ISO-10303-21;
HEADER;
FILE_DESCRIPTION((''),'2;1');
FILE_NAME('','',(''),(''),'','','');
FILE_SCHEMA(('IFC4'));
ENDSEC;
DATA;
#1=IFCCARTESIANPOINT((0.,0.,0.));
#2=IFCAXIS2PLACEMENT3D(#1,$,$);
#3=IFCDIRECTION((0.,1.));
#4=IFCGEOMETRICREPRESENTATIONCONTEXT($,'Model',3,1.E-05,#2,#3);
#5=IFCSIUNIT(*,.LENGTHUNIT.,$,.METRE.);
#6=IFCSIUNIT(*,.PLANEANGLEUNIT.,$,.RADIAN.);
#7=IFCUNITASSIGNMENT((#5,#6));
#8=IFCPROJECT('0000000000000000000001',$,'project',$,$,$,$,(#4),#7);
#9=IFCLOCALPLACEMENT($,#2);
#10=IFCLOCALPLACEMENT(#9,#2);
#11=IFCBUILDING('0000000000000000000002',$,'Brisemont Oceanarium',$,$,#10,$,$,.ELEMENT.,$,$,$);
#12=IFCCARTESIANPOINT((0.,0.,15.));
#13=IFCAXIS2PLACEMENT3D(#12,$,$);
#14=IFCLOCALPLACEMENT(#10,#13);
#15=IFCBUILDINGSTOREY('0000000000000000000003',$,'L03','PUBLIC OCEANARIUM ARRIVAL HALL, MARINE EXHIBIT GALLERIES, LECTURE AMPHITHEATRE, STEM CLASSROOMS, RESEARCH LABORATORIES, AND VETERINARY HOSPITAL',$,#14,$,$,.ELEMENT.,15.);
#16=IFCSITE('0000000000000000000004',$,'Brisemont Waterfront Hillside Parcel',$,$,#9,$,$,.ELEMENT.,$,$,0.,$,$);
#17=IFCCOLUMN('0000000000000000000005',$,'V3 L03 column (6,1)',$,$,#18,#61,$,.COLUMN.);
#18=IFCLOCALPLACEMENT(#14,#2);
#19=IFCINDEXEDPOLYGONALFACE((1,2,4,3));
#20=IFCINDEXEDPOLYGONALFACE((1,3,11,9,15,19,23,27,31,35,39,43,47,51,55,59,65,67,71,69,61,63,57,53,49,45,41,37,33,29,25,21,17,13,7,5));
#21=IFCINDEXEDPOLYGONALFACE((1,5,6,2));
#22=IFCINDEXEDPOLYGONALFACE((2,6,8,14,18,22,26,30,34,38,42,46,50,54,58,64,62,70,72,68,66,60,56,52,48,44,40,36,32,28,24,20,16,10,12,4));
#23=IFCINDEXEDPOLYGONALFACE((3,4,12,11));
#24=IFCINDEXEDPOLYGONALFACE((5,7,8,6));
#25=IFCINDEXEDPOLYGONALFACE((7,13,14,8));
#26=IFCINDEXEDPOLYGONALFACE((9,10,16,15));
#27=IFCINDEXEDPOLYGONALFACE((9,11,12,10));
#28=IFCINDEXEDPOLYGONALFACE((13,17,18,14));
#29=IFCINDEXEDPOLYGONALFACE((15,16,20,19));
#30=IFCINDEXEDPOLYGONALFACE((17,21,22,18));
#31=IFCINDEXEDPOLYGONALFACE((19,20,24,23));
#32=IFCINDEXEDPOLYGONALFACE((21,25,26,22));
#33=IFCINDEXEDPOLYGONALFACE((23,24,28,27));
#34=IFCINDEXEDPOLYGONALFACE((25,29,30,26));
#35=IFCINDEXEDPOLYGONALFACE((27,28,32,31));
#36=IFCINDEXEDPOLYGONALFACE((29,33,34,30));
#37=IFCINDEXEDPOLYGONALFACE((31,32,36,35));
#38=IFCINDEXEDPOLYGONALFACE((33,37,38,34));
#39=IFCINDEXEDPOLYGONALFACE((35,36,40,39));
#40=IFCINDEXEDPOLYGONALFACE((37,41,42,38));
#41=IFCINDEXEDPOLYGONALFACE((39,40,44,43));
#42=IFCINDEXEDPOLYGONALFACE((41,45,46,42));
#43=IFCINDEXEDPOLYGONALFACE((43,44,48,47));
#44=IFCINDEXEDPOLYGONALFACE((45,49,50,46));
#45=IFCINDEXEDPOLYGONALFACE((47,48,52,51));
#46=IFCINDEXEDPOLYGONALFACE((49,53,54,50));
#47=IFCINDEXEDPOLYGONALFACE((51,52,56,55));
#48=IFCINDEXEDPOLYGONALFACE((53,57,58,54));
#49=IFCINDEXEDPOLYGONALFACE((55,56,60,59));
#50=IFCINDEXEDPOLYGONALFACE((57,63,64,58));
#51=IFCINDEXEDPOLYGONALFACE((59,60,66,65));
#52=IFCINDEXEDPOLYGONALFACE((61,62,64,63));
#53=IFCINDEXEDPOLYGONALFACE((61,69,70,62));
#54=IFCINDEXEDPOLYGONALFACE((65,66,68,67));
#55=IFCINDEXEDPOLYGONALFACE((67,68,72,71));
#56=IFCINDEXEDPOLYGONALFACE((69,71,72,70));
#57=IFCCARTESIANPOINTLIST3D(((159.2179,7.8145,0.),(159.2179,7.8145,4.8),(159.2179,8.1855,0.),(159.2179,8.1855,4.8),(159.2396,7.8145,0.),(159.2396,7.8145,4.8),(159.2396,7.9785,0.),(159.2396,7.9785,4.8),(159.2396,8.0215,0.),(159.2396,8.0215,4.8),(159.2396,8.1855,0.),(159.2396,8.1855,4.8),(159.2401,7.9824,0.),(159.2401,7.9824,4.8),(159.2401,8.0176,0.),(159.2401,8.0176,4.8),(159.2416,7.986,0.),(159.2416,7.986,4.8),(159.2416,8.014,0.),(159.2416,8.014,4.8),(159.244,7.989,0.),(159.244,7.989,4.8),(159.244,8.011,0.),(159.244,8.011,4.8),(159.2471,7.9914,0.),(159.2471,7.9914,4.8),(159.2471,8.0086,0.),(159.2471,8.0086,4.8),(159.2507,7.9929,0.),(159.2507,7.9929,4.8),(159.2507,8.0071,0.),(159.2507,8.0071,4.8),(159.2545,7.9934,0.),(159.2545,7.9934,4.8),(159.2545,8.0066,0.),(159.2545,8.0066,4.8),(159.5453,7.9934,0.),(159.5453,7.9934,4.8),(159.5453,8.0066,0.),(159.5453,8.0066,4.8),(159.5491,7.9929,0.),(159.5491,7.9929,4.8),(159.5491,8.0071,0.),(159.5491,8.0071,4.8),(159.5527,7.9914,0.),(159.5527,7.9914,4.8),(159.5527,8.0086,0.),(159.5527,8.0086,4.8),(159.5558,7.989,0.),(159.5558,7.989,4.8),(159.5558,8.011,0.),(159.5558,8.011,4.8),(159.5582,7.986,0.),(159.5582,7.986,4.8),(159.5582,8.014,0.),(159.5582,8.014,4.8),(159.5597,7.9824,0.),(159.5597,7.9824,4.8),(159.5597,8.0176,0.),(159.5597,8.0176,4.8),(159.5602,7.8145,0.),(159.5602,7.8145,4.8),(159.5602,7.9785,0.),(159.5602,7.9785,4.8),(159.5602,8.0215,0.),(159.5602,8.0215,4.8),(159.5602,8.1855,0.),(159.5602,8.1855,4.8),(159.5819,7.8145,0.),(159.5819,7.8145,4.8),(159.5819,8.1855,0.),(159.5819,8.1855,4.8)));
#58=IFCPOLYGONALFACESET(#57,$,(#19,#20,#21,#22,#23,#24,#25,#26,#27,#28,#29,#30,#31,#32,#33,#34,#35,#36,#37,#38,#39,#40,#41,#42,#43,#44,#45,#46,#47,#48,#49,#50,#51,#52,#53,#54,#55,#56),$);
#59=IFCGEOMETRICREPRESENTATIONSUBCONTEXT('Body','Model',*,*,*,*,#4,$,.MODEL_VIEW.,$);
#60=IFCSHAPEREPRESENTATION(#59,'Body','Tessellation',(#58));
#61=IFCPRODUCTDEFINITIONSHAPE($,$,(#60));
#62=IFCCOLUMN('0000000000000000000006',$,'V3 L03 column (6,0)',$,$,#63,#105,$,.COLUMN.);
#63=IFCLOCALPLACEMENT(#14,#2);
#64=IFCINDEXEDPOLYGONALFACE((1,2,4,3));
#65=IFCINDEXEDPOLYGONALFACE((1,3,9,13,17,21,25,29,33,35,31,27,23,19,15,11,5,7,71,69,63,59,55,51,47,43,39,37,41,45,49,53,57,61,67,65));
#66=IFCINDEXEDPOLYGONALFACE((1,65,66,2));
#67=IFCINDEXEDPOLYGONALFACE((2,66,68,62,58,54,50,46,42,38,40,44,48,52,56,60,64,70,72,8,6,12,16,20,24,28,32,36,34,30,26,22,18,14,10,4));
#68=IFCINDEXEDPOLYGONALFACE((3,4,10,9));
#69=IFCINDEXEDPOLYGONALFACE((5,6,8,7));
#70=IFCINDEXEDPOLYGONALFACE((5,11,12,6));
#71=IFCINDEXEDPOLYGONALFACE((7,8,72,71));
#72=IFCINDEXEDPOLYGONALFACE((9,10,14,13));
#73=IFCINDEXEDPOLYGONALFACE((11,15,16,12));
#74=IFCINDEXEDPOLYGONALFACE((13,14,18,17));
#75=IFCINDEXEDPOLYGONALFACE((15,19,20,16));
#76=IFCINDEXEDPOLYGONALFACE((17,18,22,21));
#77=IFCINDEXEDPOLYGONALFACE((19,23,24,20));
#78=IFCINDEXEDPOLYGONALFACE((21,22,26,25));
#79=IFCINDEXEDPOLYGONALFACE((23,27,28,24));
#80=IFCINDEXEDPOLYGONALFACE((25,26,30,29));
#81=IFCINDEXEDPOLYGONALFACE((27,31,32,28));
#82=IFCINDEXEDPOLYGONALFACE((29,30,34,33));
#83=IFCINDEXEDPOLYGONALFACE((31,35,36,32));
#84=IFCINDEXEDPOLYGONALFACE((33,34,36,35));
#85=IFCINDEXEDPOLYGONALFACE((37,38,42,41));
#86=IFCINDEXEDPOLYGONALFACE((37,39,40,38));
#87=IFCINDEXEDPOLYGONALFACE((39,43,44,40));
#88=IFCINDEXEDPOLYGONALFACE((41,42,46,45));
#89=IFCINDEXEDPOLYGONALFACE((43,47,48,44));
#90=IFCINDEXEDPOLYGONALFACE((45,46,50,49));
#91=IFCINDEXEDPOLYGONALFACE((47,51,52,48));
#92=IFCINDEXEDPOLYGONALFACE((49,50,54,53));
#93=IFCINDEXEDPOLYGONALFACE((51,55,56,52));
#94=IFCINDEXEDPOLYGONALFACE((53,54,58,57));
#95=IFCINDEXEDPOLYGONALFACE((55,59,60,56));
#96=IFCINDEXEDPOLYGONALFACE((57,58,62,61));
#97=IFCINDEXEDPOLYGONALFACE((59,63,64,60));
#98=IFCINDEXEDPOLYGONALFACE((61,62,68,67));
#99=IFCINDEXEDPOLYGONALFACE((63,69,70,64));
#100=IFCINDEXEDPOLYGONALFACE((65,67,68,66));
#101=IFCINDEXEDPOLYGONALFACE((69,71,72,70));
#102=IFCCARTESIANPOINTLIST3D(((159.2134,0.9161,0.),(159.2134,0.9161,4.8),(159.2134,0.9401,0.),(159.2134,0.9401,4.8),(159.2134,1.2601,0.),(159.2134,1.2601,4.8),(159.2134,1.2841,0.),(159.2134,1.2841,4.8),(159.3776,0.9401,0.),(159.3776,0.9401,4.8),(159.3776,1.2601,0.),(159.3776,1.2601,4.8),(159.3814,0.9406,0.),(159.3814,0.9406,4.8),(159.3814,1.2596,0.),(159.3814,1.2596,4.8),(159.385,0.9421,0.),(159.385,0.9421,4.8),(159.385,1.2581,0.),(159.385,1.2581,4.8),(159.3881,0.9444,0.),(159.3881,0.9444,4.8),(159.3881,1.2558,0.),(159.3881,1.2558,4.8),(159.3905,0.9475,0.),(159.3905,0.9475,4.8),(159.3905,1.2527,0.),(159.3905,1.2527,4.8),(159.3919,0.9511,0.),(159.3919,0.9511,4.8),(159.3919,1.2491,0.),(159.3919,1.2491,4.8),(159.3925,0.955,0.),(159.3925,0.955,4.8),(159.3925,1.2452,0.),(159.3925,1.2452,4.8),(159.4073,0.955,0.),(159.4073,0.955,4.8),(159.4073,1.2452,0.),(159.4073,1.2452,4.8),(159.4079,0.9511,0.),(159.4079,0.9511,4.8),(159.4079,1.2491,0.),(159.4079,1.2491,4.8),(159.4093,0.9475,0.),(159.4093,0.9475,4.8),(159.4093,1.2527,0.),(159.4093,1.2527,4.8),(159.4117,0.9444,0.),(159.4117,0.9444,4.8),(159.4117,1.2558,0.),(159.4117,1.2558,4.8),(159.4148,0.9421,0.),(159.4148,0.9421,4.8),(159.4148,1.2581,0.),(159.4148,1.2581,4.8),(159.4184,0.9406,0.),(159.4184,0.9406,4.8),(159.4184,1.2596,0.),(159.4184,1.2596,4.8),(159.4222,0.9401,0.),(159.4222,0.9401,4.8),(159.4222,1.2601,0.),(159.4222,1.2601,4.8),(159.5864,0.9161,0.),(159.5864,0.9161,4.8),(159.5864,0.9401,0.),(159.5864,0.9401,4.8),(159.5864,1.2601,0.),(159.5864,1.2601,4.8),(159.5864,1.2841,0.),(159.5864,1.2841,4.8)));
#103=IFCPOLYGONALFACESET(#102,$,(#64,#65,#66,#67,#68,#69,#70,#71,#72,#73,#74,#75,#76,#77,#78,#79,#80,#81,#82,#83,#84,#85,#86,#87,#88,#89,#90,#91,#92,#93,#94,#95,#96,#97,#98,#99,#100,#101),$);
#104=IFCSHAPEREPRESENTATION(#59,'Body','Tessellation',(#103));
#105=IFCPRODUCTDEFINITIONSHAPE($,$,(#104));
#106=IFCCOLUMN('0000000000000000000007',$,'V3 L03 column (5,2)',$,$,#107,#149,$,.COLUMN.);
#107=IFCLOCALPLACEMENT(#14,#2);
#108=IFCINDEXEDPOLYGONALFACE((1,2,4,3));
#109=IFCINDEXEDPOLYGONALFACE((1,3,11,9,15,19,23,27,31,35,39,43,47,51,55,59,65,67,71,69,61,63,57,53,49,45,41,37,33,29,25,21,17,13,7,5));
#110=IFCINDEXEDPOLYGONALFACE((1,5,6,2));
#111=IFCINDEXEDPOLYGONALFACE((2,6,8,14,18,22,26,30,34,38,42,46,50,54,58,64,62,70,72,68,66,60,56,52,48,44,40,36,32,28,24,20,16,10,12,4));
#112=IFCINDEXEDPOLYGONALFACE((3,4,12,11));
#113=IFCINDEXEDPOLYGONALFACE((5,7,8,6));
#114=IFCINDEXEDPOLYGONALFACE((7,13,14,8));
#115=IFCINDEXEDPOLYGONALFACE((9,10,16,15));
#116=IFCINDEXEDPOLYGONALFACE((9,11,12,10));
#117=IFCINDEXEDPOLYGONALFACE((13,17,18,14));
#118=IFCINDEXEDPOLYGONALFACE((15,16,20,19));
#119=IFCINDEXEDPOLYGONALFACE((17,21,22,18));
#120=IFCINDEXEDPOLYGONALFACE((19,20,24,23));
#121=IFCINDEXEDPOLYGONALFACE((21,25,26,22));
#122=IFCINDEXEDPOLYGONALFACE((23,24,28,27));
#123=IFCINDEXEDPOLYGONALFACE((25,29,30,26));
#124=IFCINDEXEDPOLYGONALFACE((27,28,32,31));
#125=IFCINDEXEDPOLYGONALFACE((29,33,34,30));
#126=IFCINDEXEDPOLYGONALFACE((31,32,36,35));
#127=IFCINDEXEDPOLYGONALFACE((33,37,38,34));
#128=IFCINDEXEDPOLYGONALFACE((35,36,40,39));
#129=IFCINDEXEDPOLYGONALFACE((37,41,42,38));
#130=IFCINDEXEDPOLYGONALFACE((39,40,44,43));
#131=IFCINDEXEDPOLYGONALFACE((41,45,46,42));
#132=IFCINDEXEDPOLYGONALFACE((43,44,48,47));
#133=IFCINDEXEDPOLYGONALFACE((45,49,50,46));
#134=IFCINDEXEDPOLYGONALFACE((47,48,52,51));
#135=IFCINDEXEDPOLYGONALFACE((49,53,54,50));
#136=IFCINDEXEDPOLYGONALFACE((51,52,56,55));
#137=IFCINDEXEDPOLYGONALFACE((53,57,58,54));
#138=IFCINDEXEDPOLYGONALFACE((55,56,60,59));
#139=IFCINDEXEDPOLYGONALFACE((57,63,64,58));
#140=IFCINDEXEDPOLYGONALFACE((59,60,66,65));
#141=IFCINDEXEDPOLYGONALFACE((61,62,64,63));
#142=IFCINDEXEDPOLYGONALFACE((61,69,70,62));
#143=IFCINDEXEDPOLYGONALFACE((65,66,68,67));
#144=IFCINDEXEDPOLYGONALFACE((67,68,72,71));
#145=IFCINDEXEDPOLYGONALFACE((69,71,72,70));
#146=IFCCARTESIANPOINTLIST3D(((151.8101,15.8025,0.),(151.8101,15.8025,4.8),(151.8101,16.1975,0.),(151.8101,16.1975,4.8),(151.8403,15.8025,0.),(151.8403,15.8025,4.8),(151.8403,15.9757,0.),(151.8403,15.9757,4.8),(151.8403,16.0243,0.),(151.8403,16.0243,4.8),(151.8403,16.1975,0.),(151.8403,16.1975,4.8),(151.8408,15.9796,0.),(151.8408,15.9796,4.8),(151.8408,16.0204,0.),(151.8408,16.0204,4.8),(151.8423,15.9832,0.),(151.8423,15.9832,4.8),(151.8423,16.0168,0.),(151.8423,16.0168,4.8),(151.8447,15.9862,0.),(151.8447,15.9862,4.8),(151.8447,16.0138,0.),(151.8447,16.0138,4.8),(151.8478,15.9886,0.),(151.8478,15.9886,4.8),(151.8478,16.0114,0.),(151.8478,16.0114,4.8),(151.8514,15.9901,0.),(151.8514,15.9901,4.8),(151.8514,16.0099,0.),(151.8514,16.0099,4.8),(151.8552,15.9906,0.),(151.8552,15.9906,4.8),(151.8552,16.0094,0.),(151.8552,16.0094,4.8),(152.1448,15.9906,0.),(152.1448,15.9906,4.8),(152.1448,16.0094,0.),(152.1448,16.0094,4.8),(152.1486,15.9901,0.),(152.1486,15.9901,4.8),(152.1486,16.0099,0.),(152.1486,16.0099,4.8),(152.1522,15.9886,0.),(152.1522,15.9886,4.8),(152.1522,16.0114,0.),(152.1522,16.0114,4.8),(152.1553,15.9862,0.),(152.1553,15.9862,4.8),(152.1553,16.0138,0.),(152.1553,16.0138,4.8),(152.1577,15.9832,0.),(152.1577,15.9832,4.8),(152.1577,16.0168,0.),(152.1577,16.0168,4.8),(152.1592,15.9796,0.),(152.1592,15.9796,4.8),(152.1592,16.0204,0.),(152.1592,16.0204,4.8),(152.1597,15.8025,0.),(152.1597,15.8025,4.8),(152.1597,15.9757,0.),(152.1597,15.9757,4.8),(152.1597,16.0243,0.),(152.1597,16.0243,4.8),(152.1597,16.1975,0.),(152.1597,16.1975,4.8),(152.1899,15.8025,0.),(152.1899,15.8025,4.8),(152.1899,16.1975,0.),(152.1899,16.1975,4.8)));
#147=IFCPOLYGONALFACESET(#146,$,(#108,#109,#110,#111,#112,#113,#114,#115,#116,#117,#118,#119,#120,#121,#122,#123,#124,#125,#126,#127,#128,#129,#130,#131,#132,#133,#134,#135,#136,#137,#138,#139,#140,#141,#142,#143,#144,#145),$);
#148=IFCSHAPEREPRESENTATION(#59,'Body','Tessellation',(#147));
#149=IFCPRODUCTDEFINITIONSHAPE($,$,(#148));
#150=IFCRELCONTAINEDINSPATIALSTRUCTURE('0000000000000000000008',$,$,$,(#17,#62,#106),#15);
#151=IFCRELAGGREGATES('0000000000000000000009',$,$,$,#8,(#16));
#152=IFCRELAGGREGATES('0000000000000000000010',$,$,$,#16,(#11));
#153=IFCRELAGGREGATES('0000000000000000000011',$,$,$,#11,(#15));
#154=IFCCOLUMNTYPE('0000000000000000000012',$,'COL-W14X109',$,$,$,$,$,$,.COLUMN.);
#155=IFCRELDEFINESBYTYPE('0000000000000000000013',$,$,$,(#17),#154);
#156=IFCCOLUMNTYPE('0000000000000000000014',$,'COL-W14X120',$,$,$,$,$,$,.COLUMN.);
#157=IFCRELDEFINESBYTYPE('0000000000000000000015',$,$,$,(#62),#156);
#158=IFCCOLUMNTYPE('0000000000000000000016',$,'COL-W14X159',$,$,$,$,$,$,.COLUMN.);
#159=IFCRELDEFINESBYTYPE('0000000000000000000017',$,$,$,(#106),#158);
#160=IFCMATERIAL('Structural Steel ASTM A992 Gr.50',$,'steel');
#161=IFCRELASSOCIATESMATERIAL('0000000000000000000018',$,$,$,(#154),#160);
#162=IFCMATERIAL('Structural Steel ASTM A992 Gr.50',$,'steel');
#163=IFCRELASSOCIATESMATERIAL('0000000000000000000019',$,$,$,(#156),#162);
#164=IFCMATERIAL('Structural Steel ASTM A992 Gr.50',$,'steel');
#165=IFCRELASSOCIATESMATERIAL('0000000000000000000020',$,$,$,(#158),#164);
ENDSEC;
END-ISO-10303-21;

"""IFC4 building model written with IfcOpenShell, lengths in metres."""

from ifc_helpers import new_model, si_unit, direction, frame, origin, origin_2d, place, context, subcontext, project, spatial, i_section, extrude, material, material_profile, profile_set, type_object, element, save


model = new_model("IFC4")

# Units and contexts
model_context = context("Model", 3, precision=1e-05, world=origin(), true_north=direction((0.0, 1.0)))
body_context = subcontext(model_context, "Body", "Model", "MODEL_VIEW")
ifc_project = project(units=[si_unit("LENGTHUNIT", "METRE"), si_unit("PLANEANGLEUNIT", "RADIAN")], contexts=[model_context])

# Site, building, storey
site_placement = place(None, origin())
site = spatial("IfcSite", under=ifc_project, at=site_placement, Name="Brisemont Waterfront Hillside Parcel", CompositionType="ELEMENT", RefElevation=0.0)
building_placement = place(site_placement, origin())
building = spatial("IfcBuilding", under=site, at=building_placement, Name="Brisemont Oceanarium", CompositionType="ELEMENT")
storey_placement = place(building_placement, frame((0.0, 0.0, 15.0)))
storey = spatial("IfcBuildingStorey", under=building, at=storey_placement, Name="L03", Description="PUBLIC OCEANARIUM ARRIVAL HALL, MARINE EXHIBIT GALLERIES, LECTURE AMPHITHEATRE, STEM CLASSROOMS, RESEARCH LABORATORIES, AND VETERINARY HOSPITAL", CompositionType="ELEMENT", Elevation=15.0)

# Columns
ifc_material_1 = material(Name="Structural Steel ASTM A992 Gr.50", Category="steel")
ifc_material_profile_1 = material_profile(ifc_material_1, i_section(OverallWidth=0.3711, OverallDepth=0.364, WebThickness=0.0132, FlangeThickness=0.0217, FilletRadius=0.0149, at=origin_2d()), Name="W14X109")
ifc_profile_set_1 = profile_set([ifc_material_profile_1], Name="Structural Steel ASTM A992 Gr.50")
column_type_1 = type_object("IfcColumnType", Name="COL-W14X109", PredefinedType="COLUMN", material=ifc_profile_set_1)
column_1_placement = place(storey_placement, frame((159.3999, 8.0, 0.0), z_axis=(0.0, 0.0, 1.0), x_axis=(0.0, 1.0, 0.0)))
element("IfcColumn", 1, at=column_1_placement, inside=storey, type_object=column_type_1, Name="V3 L03 column (6,1)", PredefinedType="COLUMN", context=body_context, shape_type="SweptSolid", body=[
    extrude(i_section(OverallWidth=0.3711, OverallDepth=0.364, WebThickness=0.0132, FlangeThickness=0.0217, FilletRadius=0.0149, at=origin_2d()), origin(), (0.0, 0.0, 1.0), 4.8),
])
ifc_material_2 = material(Name="Structural Steel ASTM A992 Gr.50", Category="steel")
ifc_material_profile_2 = material_profile(ifc_material_2, i_section(OverallWidth=0.373, OverallDepth=0.3679, WebThickness=0.0149, FlangeThickness=0.0239, FilletRadius=0.0149, at=origin_2d()), Name="W14X120")
ifc_profile_set_2 = profile_set([ifc_material_profile_2], Name="Structural Steel ASTM A992 Gr.50")
column_type_2 = type_object("IfcColumnType", Name="COL-W14X120", PredefinedType="COLUMN", material=ifc_profile_set_2)
column_2_placement = place(storey_placement, frame((159.3999, 1.1001, 0.0), z_axis=(0.0, 0.0, 1.0), x_axis=(1.0, 0.0, 0.0)))
element("IfcColumn", 2, at=column_2_placement, inside=storey, type_object=column_type_2, Name="V3 L03 column (6,0)", PredefinedType="COLUMN", context=body_context, shape_type="SweptSolid", body=[
    extrude(i_section(OverallWidth=0.373, OverallDepth=0.3679, WebThickness=0.0149, FlangeThickness=0.0239, FilletRadius=0.0149, at=origin_2d()), origin(), (0.0, 0.0, 1.0), 4.8),
])
ifc_material_3 = material(Name="Structural Steel ASTM A992 Gr.50", Category="steel")
ifc_material_profile_3 = material_profile(ifc_material_3, i_section(OverallWidth=0.395, OverallDepth=0.3799, WebThickness=0.0188, FlangeThickness=0.0303, FilletRadius=0.0149, at=origin_2d()), Name="W14X159")
ifc_profile_set_3 = profile_set([ifc_material_profile_3], Name="Structural Steel ASTM A992 Gr.50")
column_type_3 = type_object("IfcColumnType", Name="COL-W14X159", PredefinedType="COLUMN", material=ifc_profile_set_3)
column_3_placement = place(storey_placement, frame((152.0, 16.0, 0.0), z_axis=(0.0, 0.0, 1.0), x_axis=(0.0, 1.0, 0.0)))
element("IfcColumn", 3, at=column_3_placement, inside=storey, type_object=column_type_3, Name="V3 L03 column (5,2)", PredefinedType="COLUMN", context=body_context, shape_type="SweptSolid", body=[
    extrude(i_section(OverallWidth=0.395, OverallDepth=0.3799, WebThickness=0.0188, FlangeThickness=0.0303, FilletRadius=0.0149, at=origin_2d()), origin(), (0.0, 0.0, 1.0), 4.8),
])

save(model, "model.ifc")
